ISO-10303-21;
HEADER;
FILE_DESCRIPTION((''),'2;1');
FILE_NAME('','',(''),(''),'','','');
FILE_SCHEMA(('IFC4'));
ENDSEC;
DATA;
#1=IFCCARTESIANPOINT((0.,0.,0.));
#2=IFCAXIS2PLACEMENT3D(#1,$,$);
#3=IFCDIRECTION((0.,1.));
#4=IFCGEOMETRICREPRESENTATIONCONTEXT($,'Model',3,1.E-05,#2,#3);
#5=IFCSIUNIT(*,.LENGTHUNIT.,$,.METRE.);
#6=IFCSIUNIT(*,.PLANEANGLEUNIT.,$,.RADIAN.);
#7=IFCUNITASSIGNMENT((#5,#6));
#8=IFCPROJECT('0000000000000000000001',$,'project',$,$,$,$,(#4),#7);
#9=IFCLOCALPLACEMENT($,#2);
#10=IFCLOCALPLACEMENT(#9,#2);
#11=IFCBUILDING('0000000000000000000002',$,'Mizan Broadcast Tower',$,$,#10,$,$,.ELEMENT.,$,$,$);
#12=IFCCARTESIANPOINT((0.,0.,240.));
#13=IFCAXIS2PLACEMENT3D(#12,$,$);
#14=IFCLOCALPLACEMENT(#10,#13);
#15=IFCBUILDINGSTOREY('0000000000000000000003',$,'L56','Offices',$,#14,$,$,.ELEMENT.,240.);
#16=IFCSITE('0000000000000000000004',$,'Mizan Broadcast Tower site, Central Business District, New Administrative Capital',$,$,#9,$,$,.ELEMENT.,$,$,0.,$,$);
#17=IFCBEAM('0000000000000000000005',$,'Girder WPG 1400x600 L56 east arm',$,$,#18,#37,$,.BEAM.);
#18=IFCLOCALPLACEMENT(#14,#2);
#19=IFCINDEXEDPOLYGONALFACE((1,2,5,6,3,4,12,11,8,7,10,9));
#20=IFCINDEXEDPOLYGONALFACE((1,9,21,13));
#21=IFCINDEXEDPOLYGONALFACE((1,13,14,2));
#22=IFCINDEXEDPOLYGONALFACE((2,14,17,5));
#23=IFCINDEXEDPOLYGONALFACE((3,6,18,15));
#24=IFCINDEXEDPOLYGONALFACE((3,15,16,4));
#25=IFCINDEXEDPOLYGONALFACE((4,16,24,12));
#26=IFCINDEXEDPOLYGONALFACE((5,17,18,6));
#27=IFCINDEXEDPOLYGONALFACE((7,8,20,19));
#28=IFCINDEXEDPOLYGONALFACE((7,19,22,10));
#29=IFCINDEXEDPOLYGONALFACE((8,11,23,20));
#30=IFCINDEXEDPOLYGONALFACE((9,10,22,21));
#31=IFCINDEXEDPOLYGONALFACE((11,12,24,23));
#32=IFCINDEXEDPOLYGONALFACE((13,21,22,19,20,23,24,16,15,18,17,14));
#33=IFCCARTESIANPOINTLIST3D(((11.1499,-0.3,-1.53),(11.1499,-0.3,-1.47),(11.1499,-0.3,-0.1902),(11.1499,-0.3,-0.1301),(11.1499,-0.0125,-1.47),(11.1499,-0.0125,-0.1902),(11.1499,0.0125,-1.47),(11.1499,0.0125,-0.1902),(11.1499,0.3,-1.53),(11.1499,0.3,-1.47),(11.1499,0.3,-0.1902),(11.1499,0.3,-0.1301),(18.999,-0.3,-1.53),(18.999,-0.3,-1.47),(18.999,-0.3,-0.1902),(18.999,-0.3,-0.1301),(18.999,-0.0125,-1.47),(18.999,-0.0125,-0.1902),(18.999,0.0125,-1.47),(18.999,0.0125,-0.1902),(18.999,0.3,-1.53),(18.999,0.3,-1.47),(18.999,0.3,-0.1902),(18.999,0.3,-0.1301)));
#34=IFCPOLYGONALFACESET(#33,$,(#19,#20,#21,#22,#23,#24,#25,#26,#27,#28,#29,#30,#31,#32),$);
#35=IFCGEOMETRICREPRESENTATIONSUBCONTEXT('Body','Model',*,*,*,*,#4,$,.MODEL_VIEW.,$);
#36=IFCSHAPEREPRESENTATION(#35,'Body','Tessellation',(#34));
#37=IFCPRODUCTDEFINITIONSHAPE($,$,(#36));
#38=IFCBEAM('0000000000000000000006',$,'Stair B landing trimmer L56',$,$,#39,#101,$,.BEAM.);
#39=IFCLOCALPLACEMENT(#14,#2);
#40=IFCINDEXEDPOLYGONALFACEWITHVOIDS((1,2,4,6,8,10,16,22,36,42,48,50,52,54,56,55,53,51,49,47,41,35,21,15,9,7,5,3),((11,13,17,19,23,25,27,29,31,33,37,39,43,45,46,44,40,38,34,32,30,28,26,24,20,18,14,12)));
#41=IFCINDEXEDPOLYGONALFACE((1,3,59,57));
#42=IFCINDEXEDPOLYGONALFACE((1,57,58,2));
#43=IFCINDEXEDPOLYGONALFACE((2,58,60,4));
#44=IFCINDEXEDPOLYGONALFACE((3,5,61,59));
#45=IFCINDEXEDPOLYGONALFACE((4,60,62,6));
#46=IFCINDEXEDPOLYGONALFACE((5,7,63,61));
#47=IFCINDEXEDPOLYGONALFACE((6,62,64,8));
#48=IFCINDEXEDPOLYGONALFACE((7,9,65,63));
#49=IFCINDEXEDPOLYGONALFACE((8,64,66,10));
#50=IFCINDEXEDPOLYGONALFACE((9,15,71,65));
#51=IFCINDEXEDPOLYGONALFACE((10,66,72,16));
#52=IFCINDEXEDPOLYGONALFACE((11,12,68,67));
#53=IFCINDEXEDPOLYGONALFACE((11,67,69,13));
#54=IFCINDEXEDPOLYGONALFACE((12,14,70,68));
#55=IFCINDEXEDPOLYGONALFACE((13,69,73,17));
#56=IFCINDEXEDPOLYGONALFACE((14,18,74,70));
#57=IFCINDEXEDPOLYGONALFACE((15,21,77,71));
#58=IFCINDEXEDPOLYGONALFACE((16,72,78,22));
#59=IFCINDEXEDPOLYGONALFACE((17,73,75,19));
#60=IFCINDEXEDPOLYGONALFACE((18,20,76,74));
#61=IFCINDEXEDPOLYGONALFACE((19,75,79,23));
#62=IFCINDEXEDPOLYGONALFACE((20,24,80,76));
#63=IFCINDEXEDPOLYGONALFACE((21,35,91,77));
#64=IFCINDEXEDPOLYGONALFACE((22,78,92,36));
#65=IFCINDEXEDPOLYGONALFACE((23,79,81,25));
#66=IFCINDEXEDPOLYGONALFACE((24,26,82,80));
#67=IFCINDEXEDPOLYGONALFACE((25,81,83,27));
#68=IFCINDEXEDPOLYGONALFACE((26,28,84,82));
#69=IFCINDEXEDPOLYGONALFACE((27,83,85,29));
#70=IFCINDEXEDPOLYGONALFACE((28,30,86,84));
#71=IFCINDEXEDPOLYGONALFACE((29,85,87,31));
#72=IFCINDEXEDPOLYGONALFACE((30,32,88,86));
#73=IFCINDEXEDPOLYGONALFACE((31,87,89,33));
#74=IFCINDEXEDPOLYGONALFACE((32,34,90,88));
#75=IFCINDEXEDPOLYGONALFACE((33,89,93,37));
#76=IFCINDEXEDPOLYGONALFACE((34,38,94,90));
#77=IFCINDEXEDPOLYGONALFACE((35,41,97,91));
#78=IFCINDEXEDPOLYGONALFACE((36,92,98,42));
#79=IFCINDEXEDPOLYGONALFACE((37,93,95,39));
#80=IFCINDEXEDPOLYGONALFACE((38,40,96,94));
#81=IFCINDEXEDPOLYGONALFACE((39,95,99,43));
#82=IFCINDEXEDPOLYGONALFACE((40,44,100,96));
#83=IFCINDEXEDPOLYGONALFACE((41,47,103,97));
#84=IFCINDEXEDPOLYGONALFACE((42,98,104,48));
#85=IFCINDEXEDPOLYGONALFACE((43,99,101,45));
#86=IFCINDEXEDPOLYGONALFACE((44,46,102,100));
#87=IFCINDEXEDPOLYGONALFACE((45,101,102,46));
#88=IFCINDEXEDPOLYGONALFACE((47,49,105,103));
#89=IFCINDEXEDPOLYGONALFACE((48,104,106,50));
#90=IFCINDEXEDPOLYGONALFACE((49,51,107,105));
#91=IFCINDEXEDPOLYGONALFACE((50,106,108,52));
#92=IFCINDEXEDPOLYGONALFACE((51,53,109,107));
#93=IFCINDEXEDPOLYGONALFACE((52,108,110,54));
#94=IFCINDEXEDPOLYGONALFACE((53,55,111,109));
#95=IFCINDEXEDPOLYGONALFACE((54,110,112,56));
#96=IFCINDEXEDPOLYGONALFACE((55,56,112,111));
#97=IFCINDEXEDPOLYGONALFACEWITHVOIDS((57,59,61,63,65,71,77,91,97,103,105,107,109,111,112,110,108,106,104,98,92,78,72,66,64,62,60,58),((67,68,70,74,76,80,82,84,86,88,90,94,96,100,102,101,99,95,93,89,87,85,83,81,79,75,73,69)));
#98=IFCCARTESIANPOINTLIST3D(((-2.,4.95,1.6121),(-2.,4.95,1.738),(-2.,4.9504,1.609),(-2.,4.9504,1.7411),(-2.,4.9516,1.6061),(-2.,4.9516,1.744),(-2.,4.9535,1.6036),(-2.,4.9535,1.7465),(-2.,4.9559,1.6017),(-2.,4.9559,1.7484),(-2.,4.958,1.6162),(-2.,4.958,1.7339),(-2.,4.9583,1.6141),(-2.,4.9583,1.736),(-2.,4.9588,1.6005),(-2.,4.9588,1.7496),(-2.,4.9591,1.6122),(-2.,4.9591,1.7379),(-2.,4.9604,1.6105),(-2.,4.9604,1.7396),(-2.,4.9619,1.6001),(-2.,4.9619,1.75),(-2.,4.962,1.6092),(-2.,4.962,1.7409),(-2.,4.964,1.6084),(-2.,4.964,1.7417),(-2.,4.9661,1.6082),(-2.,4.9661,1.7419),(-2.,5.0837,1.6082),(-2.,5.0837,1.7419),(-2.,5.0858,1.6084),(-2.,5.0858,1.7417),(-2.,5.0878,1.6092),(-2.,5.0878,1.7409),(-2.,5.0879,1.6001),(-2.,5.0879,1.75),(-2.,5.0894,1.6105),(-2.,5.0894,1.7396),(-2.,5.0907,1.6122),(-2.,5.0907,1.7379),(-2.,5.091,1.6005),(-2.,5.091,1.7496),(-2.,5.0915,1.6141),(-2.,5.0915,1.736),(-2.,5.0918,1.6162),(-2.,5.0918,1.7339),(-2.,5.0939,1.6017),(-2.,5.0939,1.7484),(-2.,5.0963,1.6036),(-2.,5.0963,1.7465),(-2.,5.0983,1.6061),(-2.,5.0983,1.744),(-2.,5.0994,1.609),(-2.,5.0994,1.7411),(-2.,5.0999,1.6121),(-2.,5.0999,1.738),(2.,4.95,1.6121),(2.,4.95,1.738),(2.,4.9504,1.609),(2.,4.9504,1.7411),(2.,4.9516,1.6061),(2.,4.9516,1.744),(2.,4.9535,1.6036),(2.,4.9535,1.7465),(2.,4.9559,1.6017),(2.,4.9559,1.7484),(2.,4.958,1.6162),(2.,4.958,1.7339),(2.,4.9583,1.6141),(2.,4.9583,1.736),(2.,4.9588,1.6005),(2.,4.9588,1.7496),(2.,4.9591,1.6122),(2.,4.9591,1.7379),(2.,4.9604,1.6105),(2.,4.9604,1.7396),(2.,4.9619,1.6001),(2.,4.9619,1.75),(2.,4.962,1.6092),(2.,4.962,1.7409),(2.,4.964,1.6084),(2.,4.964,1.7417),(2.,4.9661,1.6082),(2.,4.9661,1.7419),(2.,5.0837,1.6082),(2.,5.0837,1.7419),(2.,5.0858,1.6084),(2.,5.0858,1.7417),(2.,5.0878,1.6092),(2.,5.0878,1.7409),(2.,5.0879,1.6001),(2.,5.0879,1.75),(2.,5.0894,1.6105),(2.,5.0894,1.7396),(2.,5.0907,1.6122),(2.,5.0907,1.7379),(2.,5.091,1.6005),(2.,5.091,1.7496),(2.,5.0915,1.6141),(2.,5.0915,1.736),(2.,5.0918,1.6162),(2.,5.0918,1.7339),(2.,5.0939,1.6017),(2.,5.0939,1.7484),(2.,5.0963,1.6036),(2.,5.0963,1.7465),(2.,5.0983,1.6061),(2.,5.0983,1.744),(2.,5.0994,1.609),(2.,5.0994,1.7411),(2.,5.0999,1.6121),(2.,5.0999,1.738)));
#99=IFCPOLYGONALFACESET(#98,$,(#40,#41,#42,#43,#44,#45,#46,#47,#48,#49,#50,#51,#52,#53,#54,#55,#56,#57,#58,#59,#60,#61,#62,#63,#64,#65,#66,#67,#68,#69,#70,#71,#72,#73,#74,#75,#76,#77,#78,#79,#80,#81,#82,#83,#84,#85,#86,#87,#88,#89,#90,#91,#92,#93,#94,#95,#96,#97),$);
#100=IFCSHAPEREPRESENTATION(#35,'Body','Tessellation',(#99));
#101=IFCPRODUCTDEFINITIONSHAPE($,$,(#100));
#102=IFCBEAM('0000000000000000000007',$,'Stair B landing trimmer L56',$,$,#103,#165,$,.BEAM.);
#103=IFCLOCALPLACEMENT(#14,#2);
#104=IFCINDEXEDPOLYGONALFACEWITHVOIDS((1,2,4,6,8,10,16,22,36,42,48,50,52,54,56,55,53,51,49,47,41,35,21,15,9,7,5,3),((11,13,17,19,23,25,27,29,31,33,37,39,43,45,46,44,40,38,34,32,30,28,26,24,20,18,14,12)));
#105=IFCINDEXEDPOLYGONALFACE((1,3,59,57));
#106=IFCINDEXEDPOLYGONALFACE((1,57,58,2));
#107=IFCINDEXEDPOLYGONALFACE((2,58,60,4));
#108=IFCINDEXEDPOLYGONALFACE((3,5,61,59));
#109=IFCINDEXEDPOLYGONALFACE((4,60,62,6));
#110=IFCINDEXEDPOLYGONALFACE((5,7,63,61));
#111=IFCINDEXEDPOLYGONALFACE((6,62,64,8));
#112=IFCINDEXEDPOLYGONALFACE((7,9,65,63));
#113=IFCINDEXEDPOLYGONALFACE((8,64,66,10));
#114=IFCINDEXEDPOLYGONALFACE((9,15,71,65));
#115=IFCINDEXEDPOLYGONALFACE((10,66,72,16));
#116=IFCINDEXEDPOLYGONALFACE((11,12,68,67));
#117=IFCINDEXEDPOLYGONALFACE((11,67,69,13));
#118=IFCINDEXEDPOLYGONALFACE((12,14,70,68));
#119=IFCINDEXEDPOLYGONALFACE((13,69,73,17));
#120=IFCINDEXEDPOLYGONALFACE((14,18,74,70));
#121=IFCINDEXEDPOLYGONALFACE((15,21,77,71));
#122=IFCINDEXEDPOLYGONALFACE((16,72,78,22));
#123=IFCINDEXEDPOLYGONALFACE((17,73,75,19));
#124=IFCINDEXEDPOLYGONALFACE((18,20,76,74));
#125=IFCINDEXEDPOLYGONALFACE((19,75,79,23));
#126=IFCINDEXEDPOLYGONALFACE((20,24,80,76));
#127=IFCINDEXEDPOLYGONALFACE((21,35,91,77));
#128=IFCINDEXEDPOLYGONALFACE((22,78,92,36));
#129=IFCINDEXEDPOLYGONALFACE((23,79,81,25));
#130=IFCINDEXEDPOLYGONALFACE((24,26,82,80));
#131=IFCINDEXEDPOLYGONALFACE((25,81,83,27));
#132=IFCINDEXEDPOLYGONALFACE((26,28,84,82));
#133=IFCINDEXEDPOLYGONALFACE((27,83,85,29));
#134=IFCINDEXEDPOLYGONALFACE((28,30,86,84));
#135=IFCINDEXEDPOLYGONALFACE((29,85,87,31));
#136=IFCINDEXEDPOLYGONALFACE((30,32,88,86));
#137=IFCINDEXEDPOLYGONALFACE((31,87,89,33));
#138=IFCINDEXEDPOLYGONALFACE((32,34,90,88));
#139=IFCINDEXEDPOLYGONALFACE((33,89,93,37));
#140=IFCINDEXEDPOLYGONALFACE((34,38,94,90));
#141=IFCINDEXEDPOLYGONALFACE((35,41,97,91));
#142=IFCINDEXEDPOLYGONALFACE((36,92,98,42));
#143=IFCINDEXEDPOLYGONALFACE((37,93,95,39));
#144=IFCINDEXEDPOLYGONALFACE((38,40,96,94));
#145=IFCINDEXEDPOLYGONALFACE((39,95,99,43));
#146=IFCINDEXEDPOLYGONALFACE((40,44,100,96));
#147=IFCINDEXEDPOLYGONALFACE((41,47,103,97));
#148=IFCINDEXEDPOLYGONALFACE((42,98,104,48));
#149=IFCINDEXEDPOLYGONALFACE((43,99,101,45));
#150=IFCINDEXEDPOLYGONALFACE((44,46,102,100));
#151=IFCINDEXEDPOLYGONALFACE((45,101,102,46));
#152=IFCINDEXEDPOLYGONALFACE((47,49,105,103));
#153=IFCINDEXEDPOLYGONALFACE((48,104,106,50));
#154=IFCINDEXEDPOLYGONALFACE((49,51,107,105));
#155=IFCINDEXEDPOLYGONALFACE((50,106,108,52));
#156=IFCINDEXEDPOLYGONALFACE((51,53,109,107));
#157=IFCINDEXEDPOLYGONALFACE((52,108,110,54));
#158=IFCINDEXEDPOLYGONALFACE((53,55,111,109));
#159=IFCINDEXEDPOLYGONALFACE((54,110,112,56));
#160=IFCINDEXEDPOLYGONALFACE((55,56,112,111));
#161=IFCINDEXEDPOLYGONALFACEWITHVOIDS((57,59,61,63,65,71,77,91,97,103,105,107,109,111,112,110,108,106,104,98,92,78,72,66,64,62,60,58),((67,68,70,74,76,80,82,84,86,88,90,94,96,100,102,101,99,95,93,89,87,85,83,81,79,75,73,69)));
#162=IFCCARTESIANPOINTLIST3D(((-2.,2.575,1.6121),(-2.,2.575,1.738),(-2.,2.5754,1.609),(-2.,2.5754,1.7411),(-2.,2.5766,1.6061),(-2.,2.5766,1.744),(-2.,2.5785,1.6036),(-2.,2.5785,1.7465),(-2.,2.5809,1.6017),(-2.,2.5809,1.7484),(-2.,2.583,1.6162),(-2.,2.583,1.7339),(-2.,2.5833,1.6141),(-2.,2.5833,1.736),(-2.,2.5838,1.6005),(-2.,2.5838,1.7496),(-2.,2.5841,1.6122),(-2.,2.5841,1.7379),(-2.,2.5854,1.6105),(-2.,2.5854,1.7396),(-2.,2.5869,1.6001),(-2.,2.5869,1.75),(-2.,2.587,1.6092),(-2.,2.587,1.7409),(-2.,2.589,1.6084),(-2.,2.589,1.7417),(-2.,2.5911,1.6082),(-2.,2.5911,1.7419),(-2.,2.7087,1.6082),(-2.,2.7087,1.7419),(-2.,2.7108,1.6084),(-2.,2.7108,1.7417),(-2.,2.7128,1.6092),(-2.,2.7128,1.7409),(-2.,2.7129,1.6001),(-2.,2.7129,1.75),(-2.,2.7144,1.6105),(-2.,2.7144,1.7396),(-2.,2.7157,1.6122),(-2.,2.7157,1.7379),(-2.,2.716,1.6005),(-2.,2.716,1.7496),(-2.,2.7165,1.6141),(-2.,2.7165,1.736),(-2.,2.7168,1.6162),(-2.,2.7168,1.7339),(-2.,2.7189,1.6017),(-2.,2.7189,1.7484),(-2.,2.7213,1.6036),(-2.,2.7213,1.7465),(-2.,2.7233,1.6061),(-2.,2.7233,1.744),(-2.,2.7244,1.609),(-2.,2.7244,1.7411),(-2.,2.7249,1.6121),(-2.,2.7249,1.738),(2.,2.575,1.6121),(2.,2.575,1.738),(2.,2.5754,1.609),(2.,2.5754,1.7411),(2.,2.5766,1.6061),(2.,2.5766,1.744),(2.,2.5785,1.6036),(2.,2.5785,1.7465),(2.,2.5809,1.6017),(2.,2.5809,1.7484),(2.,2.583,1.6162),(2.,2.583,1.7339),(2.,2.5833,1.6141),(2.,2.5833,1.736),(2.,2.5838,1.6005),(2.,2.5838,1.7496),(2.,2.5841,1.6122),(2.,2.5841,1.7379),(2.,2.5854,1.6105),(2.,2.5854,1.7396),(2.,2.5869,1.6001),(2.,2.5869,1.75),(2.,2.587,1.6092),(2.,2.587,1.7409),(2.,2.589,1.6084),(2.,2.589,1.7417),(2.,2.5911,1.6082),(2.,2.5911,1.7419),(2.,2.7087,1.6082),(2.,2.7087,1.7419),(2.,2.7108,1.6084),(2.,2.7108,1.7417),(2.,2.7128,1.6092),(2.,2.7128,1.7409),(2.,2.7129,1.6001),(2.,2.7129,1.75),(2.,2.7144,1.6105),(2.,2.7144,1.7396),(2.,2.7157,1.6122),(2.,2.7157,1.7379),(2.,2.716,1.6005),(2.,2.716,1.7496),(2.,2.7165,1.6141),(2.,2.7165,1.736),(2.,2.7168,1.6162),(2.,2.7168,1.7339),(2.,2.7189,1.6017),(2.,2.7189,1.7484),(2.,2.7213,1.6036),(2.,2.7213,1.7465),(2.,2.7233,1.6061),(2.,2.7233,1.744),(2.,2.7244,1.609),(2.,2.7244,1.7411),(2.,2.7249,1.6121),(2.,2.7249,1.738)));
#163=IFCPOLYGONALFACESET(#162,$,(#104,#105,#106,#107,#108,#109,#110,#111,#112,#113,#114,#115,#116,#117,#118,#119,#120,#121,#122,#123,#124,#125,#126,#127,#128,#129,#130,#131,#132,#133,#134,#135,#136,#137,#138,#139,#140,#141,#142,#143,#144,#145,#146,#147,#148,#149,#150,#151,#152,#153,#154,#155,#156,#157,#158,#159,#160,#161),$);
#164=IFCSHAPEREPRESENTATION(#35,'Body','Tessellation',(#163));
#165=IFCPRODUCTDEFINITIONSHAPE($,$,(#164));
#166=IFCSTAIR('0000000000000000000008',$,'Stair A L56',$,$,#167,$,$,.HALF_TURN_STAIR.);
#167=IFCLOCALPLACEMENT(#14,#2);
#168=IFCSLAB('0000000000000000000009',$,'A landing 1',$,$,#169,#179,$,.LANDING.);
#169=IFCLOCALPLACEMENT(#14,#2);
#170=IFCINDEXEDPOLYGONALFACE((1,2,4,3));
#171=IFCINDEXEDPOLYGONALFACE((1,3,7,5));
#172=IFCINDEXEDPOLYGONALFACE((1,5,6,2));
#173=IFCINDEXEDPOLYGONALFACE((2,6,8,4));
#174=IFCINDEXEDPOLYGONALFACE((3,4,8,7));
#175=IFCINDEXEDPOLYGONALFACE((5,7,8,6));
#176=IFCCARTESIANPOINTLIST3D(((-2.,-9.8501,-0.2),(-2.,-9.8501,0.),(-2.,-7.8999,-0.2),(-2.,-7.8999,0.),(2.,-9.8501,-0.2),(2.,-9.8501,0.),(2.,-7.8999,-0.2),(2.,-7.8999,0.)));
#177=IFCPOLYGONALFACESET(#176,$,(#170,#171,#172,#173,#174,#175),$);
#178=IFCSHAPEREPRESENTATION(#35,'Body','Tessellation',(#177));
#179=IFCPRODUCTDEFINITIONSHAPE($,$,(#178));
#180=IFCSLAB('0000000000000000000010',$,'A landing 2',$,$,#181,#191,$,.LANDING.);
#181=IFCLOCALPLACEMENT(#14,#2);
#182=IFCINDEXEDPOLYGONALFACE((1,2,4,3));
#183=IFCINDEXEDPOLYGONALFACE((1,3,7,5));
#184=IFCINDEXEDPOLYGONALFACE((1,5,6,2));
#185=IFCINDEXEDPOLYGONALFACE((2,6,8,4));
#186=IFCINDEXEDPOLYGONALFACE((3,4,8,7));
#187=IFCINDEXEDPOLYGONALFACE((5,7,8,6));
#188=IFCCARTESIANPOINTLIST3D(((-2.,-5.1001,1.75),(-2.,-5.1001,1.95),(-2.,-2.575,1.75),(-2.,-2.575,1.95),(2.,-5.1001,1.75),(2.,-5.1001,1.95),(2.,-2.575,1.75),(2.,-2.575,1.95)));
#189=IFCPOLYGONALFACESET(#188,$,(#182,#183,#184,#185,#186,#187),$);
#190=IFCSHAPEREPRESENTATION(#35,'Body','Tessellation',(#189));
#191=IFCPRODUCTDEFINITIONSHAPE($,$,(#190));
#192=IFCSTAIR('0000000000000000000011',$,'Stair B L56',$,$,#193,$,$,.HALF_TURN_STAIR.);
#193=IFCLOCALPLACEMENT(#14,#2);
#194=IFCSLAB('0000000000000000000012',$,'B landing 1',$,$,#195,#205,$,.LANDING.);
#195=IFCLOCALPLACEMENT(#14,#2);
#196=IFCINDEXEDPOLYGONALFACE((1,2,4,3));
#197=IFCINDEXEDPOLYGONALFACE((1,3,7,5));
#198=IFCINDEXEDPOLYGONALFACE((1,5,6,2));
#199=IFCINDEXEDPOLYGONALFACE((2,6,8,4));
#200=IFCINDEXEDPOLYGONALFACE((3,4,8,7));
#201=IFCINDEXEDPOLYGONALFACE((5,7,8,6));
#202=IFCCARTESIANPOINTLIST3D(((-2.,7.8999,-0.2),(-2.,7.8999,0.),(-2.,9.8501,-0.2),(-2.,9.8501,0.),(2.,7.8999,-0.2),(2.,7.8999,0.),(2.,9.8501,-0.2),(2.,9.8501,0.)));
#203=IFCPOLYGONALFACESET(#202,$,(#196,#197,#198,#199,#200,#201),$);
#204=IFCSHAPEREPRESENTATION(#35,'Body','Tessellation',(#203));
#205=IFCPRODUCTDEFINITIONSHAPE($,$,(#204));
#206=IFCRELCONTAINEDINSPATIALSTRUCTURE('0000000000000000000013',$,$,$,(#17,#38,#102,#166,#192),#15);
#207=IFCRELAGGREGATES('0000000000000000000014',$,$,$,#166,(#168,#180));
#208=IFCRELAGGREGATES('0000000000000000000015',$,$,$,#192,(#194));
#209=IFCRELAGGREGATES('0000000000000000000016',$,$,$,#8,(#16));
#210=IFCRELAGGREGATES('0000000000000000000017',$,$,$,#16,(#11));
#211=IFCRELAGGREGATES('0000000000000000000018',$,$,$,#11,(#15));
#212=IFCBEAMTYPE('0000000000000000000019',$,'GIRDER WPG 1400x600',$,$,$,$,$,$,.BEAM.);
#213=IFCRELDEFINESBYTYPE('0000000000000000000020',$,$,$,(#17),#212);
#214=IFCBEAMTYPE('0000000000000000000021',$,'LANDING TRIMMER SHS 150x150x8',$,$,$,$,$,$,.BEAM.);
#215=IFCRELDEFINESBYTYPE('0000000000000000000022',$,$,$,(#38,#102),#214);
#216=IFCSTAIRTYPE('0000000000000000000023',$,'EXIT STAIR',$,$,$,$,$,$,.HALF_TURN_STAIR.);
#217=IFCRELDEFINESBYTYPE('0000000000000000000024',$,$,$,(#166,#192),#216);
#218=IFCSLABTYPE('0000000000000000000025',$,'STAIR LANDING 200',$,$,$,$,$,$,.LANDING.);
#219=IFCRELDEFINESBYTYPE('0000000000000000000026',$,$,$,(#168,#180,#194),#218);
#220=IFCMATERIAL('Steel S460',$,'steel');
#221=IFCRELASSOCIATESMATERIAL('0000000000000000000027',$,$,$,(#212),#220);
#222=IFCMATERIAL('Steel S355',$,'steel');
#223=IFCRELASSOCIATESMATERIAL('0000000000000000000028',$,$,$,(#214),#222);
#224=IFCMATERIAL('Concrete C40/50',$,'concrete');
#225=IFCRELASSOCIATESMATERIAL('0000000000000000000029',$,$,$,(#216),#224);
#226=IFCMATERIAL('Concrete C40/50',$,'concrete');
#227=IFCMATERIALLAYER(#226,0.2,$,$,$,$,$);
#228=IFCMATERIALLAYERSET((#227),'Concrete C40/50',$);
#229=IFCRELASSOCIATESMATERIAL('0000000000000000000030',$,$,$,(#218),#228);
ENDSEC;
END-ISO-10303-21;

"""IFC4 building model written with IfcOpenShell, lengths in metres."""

from ifc_helpers import new_model, si_unit, direction, frame, origin, origin_2d, place, context, subcontext, project, spatial, polyline, hollow_rectangle, i_section, outline, extrude, material, layer, layer_set, material_profile, profile_set, type_object, element, aggregate, save


model = new_model("IFC4")

# Units and contexts
model_context = context("Model", 3, precision=1e-05, world=origin(), true_north=direction((0.0, 1.0)))
body_context = subcontext(model_context, "Body", "Model", "MODEL_VIEW")
ifc_project = project(units=[si_unit("LENGTHUNIT", "METRE"), si_unit("PLANEANGLEUNIT", "RADIAN")], contexts=[model_context])

# Site, building, storey
site_placement = place(None, origin())
site = spatial("IfcSite", under=ifc_project, at=site_placement, Name="Mizan Broadcast Tower site, Central Business District, New Administrative Capital", CompositionType="ELEMENT", RefElevation=0.0)
building_placement = place(site_placement, origin())
building = spatial("IfcBuilding", under=site, at=building_placement, Name="Mizan Broadcast Tower", CompositionType="ELEMENT")
storey_placement = place(building_placement, frame((0.0, 0.0, 240.0)))
storey = spatial("IfcBuildingStorey", under=building, at=storey_placement, Name="L56", Description="Offices", CompositionType="ELEMENT", Elevation=240.0)

# Beams
ifc_material_1 = material(Name="Steel S460", Category="steel")
ifc_material_profile_1 = material_profile(ifc_material_1, i_section(OverallWidth=0.6001, OverallDepth=1.3999, WebThickness=0.0249, FlangeThickness=0.0601, at=origin_2d()), Name="WPG 1400x600")
ifc_profile_set_1 = profile_set([ifc_material_profile_1], Name="Steel S460")
beam_type_1 = type_object("IfcBeamType", Name="GIRDER WPG 1400x600", PredefinedType="BEAM", material=ifc_profile_set_1)
beam_placement = place(storey_placement, frame((11.1499, 0.0, -0.8301), z_axis=(1.0, 0.0, 0.0), x_axis=(0.0, 1.0, 0.0)))
element("IfcBeam", 1, at=beam_placement, inside=storey, type_object=beam_type_1, Name="Girder WPG 1400x600 L56 east arm", PredefinedType="BEAM", context=body_context, shape_type="SweptSolid", body=[
    extrude(i_section(OverallWidth=0.6001, OverallDepth=1.3999, WebThickness=0.0249, FlangeThickness=0.0601, at=origin_2d()), origin(), (0.0, 0.0, 1.0), 7.8491),
])
ifc_material_2 = material(Name="Steel S355", Category="steel")
ifc_material_profile_2 = material_profile(ifc_material_2, hollow_rectangle(XDim=0.1499, YDim=0.1499, WallThickness=0.0081, InnerFilletRadius=0.0081, OuterFilletRadius=0.012, at=origin_2d()), Name="SHS 150x150x8")
ifc_profile_set_2 = profile_set([ifc_material_profile_2], Name="Steel S355")
beam_type_2 = type_object("IfcBeamType", Name="LANDING TRIMMER SHS 150x150x8", PredefinedType="BEAM", material=ifc_profile_set_2)
for number, where, z_axis, x_axis, name in (
    (2, (2.0, 5.0249, 1.675), (-1.0, 0.0, 0.0), (0.0, -1.0, 0.0), "Stair B landing trimmer L56"),
    (3, (2.0, 2.6499, 1.675), (-1.0, 0.0, 0.0), (0.0, -1.0, 0.0), "Stair B landing trimmer L56"),
):
    element("IfcBeam", number, at=place(storey_placement, frame(where, z_axis=z_axis, x_axis=x_axis)), inside=storey, type_object=beam_type_2, Name=name, PredefinedType="BEAM", context=body_context, shape_type="SweptSolid", body=[
        extrude(hollow_rectangle(XDim=0.1499, YDim=0.1499, WallThickness=0.0081, InnerFilletRadius=0.0081, OuterFilletRadius=0.012, at=origin_2d()), origin(), (0.0, 0.0, 1.0), 4.0),
    ])

# Stairs, slabs
ifc_material_3 = material(Name="Concrete C40/50", Category="concrete")
stair_type = type_object("IfcStairType", Name="EXIT STAIR", PredefinedType="HALF_TURN_STAIR", material=ifc_material_3)
stair_1_placement = place(storey_placement, origin())
stair_1 = element("IfcStair", 4, at=stair_1_placement, inside=storey, type_object=stair_type, Name="Stair A L56", PredefinedType="HALF_TURN_STAIR")
ifc_material_4 = material(Name="Concrete C40/50", Category="concrete")
ifc_layer_1 = layer(ifc_material_4, 0.2)
ifc_layer_set_1 = layer_set([ifc_layer_1], Name="Concrete C40/50")
slab_type = type_object("IfcSlabType", Name="STAIR LANDING 200", PredefinedType="LANDING", material=ifc_layer_set_1)
slab_1_placement = place(storey_placement, frame((0.0, 0.0, -0.2)))
slab_1 = element("IfcSlab", 5, at=slab_1_placement, type_object=slab_type, Name="A landing 1", PredefinedType="LANDING", context=body_context, shape_type="SweptSolid", body=[
    extrude(outline(polyline([(-2.0, -9.8501), (-2.0, -7.8999), (2.0, -7.8999), (2.0, -9.8501), (-2.0, -9.8501)])), origin(), (0.0, 0.0, 1.0), 0.2),
])
slab_2_placement = place(storey_placement, frame((0.0, 0.0, 1.75)))
slab_2 = element("IfcSlab", 6, at=slab_2_placement, type_object=slab_type, Name="A landing 2", PredefinedType="LANDING", context=body_context, shape_type="SweptSolid", body=[
    extrude(outline(polyline([(-2.0, -5.1001), (-2.0, -2.575), (2.0, -2.575), (2.0, -5.1001), (-2.0, -5.1001)])), origin(), (0.0, 0.0, 1.0), 0.2),
])
aggregate(stair_1, [slab_1, slab_2])
stair_2_placement = place(storey_placement, origin())
stair_2 = element("IfcStair", 7, at=stair_2_placement, inside=storey, type_object=stair_type, Name="Stair B L56", PredefinedType="HALF_TURN_STAIR")
slab_3_placement = place(storey_placement, frame((0.0, 0.0, -0.2)))
slab_3 = element("IfcSlab", 8, at=slab_3_placement, type_object=slab_type, Name="B landing 1", PredefinedType="LANDING", context=body_context, shape_type="SweptSolid", body=[
    extrude(outline(polyline([(2.0, 9.8501), (2.0, 7.8999), (-2.0, 7.8999), (-2.0, 9.8501), (2.0, 9.8501)])), origin(), (0.0, 0.0, 1.0), 0.2),
])
aggregate(stair_2, [slab_3])

save(model, "model.ifc")
